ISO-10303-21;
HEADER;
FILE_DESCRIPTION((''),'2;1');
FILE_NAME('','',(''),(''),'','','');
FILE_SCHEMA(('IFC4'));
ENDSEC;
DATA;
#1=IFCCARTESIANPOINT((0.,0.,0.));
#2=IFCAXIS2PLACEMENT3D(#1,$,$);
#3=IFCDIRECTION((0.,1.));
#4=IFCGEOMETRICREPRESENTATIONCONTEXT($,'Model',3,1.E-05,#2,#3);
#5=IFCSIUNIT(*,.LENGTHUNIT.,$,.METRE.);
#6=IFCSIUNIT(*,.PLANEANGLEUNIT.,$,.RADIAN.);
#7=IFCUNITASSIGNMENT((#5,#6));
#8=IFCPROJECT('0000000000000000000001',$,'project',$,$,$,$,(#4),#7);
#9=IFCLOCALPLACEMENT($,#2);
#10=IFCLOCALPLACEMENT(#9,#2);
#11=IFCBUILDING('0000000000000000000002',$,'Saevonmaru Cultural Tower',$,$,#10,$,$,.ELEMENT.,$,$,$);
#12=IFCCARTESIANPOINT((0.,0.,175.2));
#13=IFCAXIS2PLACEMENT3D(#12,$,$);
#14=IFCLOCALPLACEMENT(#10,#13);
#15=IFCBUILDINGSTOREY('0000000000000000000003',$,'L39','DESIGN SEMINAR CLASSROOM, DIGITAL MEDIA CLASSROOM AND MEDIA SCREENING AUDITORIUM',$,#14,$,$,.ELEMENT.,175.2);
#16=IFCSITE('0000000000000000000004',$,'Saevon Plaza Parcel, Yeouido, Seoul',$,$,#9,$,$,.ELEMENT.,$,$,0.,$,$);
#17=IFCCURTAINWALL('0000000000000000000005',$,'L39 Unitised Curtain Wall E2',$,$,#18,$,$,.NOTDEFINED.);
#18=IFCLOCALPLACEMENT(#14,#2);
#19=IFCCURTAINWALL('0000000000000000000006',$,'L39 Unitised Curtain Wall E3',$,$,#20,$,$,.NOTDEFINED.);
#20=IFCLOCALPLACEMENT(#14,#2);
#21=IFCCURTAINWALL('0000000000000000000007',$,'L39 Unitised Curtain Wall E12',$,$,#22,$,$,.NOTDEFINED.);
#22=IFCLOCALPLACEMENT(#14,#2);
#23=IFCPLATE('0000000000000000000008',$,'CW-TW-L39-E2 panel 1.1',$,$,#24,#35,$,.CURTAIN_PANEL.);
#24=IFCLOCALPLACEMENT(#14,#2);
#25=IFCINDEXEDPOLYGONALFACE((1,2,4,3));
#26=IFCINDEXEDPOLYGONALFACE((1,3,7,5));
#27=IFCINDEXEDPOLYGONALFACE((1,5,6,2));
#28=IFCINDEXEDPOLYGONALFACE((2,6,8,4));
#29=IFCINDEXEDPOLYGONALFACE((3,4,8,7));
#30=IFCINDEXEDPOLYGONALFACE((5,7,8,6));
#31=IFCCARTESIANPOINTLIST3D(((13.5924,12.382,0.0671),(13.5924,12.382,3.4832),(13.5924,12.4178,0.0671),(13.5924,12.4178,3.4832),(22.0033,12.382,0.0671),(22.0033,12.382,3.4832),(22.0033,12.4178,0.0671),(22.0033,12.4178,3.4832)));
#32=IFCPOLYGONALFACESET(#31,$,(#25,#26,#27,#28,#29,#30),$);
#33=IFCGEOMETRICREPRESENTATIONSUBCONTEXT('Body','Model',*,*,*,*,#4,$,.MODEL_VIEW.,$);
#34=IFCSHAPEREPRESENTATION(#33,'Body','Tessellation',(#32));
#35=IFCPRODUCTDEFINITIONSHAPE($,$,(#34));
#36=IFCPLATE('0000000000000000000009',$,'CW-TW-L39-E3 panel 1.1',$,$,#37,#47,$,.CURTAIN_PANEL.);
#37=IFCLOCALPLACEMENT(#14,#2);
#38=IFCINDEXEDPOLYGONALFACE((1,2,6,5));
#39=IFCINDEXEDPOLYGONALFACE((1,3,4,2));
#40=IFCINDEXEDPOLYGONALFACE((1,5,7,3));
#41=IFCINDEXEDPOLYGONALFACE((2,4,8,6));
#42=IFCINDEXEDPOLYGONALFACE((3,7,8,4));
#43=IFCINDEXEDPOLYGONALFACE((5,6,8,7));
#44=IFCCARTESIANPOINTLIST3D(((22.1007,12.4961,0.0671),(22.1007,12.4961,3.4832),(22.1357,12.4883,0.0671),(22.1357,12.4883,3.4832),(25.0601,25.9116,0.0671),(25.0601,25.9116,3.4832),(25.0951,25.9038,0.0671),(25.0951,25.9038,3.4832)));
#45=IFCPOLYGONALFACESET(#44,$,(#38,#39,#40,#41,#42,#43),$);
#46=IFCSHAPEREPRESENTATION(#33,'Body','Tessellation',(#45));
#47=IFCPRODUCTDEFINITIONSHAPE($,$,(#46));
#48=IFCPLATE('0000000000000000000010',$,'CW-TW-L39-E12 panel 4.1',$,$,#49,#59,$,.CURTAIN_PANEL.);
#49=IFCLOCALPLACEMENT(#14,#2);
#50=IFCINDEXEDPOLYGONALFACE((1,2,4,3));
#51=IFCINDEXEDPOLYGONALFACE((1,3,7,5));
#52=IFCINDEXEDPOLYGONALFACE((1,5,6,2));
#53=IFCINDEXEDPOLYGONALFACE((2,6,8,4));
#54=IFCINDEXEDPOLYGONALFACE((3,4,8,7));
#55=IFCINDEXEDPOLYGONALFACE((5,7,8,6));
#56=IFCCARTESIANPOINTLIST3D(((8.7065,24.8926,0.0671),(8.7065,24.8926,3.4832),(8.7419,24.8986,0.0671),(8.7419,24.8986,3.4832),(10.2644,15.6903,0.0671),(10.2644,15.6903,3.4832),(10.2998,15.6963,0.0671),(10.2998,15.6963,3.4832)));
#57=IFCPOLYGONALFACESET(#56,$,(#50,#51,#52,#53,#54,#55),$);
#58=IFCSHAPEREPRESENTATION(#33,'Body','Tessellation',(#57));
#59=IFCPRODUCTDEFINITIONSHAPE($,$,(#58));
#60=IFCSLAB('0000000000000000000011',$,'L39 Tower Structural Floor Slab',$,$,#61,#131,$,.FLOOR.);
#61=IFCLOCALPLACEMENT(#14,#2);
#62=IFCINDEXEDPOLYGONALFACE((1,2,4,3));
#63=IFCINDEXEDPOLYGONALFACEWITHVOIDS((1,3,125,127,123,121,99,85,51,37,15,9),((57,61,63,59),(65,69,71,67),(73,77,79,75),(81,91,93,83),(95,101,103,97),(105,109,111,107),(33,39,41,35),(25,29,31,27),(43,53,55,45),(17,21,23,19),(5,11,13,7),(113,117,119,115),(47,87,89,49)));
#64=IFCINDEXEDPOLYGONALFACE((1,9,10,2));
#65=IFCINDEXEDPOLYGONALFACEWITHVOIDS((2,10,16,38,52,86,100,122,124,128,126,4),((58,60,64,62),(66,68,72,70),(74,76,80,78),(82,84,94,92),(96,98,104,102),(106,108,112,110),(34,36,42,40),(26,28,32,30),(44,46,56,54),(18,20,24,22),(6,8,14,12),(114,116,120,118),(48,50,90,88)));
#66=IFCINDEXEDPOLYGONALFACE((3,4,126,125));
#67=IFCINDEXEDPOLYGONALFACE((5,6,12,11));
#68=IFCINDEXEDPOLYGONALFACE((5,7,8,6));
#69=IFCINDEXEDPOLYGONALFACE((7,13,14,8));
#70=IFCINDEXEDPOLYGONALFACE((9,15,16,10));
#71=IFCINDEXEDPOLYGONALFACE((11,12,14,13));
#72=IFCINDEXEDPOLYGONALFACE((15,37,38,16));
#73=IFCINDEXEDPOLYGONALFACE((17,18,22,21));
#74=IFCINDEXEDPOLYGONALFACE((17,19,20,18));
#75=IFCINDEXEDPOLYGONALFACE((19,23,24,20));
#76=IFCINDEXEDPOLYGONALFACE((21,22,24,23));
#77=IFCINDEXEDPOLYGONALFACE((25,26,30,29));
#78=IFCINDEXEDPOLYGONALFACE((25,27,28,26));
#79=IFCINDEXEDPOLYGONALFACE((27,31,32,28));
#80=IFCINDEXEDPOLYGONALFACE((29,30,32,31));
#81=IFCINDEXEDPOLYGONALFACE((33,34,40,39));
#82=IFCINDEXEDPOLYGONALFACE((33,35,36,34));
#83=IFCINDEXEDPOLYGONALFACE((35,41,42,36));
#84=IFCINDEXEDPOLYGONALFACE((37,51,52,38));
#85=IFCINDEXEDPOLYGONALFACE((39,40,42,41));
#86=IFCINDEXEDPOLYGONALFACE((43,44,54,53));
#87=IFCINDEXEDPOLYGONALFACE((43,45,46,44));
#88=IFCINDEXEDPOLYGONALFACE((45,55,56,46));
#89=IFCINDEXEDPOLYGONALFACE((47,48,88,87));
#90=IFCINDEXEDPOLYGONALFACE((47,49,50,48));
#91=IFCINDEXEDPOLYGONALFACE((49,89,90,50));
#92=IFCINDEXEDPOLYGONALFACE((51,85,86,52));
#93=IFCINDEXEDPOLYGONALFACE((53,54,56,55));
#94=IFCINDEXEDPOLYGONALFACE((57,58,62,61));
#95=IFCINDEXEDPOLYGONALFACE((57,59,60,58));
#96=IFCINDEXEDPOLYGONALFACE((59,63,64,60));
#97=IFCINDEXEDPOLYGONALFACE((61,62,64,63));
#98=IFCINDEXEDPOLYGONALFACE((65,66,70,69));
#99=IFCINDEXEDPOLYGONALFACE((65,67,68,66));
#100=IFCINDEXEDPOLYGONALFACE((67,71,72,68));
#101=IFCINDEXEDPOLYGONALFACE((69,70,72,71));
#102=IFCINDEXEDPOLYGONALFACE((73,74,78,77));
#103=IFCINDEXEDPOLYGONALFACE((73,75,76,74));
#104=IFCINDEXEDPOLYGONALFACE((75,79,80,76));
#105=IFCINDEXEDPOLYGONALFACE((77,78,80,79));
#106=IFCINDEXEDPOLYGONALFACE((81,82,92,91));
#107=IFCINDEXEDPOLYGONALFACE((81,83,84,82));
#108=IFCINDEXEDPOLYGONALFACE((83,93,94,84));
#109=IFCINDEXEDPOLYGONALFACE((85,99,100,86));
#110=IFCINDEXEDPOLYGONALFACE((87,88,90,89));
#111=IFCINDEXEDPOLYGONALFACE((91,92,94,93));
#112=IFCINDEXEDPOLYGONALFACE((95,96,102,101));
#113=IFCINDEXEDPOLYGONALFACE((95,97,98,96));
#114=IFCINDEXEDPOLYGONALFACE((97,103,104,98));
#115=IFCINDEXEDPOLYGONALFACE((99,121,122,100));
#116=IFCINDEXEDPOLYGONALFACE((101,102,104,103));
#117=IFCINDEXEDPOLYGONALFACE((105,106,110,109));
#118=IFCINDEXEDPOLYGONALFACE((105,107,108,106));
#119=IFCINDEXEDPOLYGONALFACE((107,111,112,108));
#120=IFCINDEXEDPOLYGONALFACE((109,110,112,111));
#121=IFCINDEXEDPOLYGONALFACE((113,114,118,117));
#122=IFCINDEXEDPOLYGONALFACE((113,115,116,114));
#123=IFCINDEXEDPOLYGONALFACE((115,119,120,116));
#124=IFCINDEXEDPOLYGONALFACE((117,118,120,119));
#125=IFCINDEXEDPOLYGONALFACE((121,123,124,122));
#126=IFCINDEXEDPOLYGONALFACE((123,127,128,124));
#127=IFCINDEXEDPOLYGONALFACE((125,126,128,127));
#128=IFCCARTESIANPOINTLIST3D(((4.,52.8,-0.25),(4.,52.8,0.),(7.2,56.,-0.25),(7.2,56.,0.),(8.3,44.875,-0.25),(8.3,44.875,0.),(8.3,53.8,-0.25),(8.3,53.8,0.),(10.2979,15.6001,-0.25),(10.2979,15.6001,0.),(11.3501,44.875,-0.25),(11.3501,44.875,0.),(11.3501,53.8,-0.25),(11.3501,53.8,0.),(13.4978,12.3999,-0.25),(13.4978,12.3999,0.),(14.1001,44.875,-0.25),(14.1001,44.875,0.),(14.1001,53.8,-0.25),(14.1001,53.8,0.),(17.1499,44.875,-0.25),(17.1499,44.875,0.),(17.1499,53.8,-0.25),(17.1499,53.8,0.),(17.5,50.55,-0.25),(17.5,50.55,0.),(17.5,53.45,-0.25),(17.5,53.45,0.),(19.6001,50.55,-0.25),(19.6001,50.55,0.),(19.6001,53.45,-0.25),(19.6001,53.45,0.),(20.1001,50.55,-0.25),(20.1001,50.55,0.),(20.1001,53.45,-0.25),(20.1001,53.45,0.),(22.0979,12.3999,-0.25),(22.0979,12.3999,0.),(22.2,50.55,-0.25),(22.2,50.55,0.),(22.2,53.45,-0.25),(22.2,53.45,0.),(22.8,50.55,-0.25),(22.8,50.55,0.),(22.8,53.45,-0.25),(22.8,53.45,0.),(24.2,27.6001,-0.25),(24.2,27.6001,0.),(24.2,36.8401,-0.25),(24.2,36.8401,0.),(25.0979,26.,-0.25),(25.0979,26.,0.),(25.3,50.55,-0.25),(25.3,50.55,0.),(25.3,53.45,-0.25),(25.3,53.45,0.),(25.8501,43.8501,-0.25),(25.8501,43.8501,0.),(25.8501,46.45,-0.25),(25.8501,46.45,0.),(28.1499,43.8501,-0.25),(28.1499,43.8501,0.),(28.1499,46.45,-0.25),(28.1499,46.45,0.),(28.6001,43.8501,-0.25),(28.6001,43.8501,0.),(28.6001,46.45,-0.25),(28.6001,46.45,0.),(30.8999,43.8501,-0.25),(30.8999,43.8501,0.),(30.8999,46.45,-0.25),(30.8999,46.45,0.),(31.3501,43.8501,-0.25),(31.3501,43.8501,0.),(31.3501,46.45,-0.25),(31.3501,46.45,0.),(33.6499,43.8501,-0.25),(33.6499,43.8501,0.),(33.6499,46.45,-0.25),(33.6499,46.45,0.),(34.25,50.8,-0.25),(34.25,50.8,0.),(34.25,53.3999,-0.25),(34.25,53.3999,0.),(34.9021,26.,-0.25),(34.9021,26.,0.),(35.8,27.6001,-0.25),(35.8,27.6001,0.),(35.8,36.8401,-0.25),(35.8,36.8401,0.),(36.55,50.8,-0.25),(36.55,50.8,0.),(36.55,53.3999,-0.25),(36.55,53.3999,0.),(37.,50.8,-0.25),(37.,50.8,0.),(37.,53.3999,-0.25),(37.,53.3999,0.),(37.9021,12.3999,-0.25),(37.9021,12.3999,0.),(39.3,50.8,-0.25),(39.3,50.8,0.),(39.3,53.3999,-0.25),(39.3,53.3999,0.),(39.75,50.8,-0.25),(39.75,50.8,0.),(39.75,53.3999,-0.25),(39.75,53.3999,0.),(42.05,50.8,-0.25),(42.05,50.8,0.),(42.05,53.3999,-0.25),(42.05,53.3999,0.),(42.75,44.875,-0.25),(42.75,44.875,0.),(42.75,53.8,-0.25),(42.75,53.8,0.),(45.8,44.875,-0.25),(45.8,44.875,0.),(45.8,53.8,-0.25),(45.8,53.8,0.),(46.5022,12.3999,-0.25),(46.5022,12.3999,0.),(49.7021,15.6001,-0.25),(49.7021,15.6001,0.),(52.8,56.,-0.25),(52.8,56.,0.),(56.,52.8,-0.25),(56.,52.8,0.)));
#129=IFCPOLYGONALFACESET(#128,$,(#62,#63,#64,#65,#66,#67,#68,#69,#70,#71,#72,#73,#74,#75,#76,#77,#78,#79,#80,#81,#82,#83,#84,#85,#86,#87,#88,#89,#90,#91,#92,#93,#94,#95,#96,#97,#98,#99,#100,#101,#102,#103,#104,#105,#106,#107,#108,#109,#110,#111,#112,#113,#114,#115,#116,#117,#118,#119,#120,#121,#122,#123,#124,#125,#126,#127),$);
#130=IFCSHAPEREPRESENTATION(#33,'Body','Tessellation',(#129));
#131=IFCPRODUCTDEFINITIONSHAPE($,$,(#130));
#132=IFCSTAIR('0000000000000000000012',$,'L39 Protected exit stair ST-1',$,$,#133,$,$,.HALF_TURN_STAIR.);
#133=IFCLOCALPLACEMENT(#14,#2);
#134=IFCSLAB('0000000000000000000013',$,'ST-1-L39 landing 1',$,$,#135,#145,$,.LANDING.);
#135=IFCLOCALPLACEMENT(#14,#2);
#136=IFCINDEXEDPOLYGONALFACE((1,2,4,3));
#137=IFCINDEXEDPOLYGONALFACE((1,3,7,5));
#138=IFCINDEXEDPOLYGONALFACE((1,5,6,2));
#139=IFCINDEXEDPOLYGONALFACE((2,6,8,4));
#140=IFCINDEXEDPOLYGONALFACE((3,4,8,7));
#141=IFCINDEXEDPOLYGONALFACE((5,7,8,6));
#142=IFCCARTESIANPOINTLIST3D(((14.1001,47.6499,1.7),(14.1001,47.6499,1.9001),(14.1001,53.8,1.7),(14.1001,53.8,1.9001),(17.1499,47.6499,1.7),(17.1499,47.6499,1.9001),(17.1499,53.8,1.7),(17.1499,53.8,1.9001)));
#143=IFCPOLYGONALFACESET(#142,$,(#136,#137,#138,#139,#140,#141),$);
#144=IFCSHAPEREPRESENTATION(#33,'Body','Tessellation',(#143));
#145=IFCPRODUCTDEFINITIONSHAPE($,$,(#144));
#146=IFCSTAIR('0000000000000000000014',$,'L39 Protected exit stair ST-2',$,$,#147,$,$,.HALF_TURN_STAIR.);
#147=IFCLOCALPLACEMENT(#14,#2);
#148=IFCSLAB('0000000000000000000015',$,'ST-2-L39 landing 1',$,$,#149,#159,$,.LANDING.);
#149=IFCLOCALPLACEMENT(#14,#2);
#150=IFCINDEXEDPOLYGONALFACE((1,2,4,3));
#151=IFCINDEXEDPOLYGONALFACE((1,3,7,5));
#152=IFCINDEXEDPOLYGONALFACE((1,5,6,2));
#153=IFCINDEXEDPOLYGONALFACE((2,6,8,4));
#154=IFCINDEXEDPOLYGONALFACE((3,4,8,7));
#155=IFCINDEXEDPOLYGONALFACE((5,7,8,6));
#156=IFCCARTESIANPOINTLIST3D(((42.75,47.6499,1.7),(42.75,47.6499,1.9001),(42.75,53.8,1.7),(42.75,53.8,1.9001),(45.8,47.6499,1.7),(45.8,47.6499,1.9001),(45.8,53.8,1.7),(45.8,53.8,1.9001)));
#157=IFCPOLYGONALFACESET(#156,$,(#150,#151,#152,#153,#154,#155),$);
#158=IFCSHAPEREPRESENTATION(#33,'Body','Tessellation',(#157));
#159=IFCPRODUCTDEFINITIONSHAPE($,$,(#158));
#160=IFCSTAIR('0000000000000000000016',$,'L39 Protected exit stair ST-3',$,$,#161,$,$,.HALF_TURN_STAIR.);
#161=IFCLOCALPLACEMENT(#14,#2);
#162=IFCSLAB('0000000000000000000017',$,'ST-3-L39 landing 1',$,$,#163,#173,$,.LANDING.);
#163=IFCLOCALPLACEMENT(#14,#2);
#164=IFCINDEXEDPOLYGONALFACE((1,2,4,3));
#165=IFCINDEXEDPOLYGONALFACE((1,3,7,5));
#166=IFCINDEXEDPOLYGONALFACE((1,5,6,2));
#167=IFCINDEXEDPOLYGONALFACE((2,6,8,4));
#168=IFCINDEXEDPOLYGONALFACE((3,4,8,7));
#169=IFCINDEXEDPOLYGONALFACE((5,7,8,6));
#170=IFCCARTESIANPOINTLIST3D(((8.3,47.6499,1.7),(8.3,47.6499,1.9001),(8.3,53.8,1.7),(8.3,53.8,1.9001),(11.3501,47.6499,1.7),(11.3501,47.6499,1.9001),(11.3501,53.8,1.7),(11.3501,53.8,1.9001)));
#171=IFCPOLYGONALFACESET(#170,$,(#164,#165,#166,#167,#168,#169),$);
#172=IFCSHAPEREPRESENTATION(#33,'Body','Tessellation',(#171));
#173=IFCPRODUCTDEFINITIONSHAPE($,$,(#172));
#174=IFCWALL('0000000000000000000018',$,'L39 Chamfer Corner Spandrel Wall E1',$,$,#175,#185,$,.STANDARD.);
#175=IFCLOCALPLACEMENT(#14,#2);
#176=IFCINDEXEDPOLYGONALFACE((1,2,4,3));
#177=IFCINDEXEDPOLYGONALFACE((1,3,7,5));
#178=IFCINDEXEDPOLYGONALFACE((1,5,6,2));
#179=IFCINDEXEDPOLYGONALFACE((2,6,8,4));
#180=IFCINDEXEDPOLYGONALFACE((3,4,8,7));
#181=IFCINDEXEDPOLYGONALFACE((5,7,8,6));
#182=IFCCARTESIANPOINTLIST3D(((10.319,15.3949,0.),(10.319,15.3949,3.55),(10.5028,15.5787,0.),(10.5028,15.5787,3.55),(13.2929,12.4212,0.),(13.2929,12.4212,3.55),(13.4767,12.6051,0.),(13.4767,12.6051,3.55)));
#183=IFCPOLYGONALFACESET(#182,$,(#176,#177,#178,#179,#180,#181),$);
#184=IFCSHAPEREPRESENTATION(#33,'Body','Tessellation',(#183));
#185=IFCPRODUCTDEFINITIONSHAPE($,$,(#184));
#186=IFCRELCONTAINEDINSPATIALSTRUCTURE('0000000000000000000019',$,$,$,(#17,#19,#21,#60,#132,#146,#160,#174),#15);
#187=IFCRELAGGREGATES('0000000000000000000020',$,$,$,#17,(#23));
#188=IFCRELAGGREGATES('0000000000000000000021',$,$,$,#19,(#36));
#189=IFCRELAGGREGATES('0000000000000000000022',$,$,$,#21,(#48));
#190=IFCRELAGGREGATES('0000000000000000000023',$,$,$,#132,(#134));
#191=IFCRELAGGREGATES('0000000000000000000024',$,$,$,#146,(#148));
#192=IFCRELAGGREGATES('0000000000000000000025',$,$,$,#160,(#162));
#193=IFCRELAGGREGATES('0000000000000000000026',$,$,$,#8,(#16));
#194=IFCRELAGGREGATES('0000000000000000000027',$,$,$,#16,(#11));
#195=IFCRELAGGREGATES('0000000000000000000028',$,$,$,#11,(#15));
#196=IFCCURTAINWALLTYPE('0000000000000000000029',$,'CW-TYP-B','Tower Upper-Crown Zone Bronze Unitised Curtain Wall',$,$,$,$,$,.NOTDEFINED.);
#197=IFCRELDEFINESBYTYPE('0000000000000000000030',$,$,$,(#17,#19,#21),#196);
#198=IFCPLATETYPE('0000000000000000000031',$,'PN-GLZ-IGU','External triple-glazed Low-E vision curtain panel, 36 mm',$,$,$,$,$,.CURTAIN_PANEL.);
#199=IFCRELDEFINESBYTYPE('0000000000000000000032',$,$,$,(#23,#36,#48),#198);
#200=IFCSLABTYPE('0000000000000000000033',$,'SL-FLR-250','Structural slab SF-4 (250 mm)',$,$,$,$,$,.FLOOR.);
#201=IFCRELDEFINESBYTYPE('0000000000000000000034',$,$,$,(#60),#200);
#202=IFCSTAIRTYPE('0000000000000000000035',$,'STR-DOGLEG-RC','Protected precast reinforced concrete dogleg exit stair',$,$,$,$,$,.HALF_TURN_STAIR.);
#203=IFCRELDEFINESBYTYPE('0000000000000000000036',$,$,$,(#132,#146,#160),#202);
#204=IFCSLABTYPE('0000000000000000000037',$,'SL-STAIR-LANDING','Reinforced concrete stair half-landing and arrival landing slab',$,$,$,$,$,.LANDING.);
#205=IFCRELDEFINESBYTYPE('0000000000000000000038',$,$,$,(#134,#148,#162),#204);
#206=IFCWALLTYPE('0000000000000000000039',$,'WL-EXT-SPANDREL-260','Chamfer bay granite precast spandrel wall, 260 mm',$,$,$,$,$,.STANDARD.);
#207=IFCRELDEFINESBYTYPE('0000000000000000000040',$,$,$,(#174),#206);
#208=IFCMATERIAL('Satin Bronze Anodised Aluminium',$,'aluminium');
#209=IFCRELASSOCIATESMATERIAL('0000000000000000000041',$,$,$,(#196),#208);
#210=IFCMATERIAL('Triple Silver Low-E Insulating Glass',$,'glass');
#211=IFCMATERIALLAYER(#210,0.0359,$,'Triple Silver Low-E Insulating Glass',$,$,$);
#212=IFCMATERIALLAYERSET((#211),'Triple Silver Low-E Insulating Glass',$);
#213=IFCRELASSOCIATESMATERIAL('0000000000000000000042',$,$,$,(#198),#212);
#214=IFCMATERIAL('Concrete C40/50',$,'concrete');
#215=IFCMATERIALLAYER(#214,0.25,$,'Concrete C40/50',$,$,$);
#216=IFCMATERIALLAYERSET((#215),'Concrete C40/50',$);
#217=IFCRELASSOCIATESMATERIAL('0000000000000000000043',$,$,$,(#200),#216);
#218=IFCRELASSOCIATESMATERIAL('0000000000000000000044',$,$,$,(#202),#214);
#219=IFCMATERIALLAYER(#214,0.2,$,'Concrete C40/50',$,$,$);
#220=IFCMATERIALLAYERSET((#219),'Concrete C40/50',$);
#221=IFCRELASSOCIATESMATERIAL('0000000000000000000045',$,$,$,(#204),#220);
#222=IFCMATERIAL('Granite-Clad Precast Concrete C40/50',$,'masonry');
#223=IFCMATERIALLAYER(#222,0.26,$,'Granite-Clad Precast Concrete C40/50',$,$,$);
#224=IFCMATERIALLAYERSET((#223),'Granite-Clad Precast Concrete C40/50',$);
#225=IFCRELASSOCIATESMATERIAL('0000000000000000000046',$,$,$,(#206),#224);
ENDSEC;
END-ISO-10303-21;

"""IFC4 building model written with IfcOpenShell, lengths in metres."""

from ifc_helpers import new_model, si_unit, direction, frame, frame_2d, origin, origin_2d, place, context, subcontext, project, spatial, polyline, rectangle, outline, extrude, material, layer, layer_set, type_object, element, aggregate, save


model = new_model("IFC4")

# Units and contexts
model_context = context("Model", 3, precision=1e-05, world=origin(), true_north=direction((0.0, 1.0)))
body_context = subcontext(model_context, "Body", "Model", "MODEL_VIEW")
ifc_project = project(units=[si_unit("LENGTHUNIT", "METRE"), si_unit("PLANEANGLEUNIT", "RADIAN")], contexts=[model_context])

# Site, building, storey
site_placement = place(None, origin())
site = spatial("IfcSite", under=ifc_project, at=site_placement, Name="Saevon Plaza Parcel, Yeouido, Seoul", CompositionType="ELEMENT", RefElevation=0.0)
building_placement = place(site_placement, origin())
building = spatial("IfcBuilding", under=site, at=building_placement, Name="Saevonmaru Cultural Tower", CompositionType="ELEMENT")
storey_placement = place(building_placement, frame((0.0, 0.0, 175.2)))
storey = spatial("IfcBuildingStorey", under=building, at=storey_placement, Name="L39", Description="DESIGN SEMINAR CLASSROOM, DIGITAL MEDIA CLASSROOM AND MEDIA SCREENING AUDITORIUM", CompositionType="ELEMENT", Elevation=175.2)

# Curtain wall
ifc_material_1 = material(Name="Satin Bronze Anodised Aluminium", Category="aluminium")
curtain_wall_type = type_object("IfcCurtainWallType", Name="CW-TYP-B", Description="Tower Upper-Crown Zone Bronze Unitised Curtain Wall", PredefinedType="NOTDEFINED", material=ifc_material_1)
curtain_wall_1_placement = place(storey_placement, origin())
curtain_wall_1 = element("IfcCurtainWall", 1, at=curtain_wall_1_placement, inside=storey, type_object=curtain_wall_type, Name="L39 Unitised Curtain Wall E2", PredefinedType="NOTDEFINED")

# Curtain walls
curtain_wall_2_placement = place(storey_placement, origin())
curtain_wall_2 = element("IfcCurtainWall", 2, at=curtain_wall_2_placement, inside=storey, type_object=curtain_wall_type, Name="L39 Unitised Curtain Wall E3", PredefinedType="NOTDEFINED")
curtain_wall_3_placement = place(storey_placement, origin())
curtain_wall_3 = element("IfcCurtainWall", 3, at=curtain_wall_3_placement, inside=storey, type_object=curtain_wall_type, Name="L39 Unitised Curtain Wall E12", PredefinedType="NOTDEFINED")

# Plates
ifc_material_2 = material(Name="Triple Silver Low-E Insulating Glass", Category="glass")
ifc_layer_1 = layer(ifc_material_2, 0.0359, Name="Triple Silver Low-E Insulating Glass")
ifc_layer_set_1 = layer_set([ifc_layer_1], Name="Triple Silver Low-E Insulating Glass")
plate_type = type_object("IfcPlateType", Name="PN-GLZ-IGU", Description="External triple-glazed Low-E vision curtain panel, 36 mm", PredefinedType="CURTAIN_PANEL", material=ifc_layer_set_1)
plate_1_placement = place(storey_placement, frame((17.7979, 12.3999, 0.0671), z_axis=(0.0, 0.0, 1.0), x_axis=(1.0, 0.0, 0.0)))
plate_1 = element("IfcPlate", 4, at=plate_1_placement, type_object=plate_type, Name="CW-TW-L39-E2 panel 1.1", PredefinedType="CURTAIN_PANEL", context=body_context, shape_type="SweptSolid", body=[
    extrude(rectangle(XDim=8.4109, YDim=0.0359, at=origin_2d()), origin(), (0.0, 0.0, 1.0), 3.416),
])
aggregate(curtain_wall_1, [plate_1])
plate_2_placement = place(storey_placement, frame((23.5979, 19.2, 0.0671), z_axis=(0.0, 0.0, 1.0), x_axis=(0.215413, 0.976523, 0.0)))
plate_2 = element("IfcPlate", 5, at=plate_2_placement, type_object=plate_type, Name="CW-TW-L39-E3 panel 1.1", PredefinedType="CURTAIN_PANEL", context=body_context, shape_type="SweptSolid", body=[
    extrude(rectangle(XDim=13.738, YDim=0.0359, at=origin_2d()), origin(), (0.0, 0.0, 1.0), 3.416),
])
aggregate(curtain_wall_2, [plate_2])
plate_3_placement = place(storey_placement, frame((9.5032, 20.2944, 0.0671), z_axis=(0.0, 0.0, 1.0), x_axis=(0.166922, -0.98597, 0.0)))
plate_3 = element("IfcPlate", 6, at=plate_3_placement, type_object=plate_type, Name="CW-TW-L39-E12 panel 4.1", PredefinedType="CURTAIN_PANEL", context=body_context, shape_type="SweptSolid", body=[
    extrude(rectangle(XDim=9.3333, YDim=0.0359, at=origin_2d()), origin(), (0.0, 0.0, 1.0), 3.416),
])
aggregate(curtain_wall_3, [plate_3])

# Slab
ifc_material_3 = material(Name="Concrete C40/50", Category="concrete")
ifc_layer_2 = layer(ifc_material_3, 0.25, Name="Concrete C40/50")
ifc_layer_set_2 = layer_set([ifc_layer_2], Name="Concrete C40/50")
slab_type_1 = type_object("IfcSlabType", Name="SL-FLR-250", Description="Structural slab SF-4 (250 mm)", PredefinedType="FLOOR", material=ifc_layer_set_2)
slab_1_placement = place(storey_placement, frame((0.0, 0.0, -0.25)))
element("IfcSlab", 7, at=slab_1_placement, inside=storey, type_object=slab_type_1, Name="L39 Tower Structural Floor Slab", PredefinedType="FLOOR", context=body_context, shape_type="SweptSolid", body=[
    extrude(outline(polyline([(10.2979, 15.6001), (13.4978, 12.3999), (22.0979, 12.3999), (25.0979, 26.0), (34.9021, 26.0), (37.9021, 12.3999), (46.5022, 12.3999), (49.7021, 15.6001), (56.0, 52.8), (52.8, 56.0), (7.2, 56.0), (4.0, 52.8), (10.2979, 15.6001)]), holes=[polyline([(45.8, 44.875), (42.75, 44.875), (42.75, 53.8), (45.8, 53.8), (45.8, 44.875)]), polyline([(39.75, 50.8), (39.75, 53.3999), (42.05, 53.3999), (42.05, 50.8), (39.75, 50.8)]), polyline([(37.0, 50.8), (37.0, 53.3999), (39.3, 53.3999), (39.3, 50.8), (37.0, 50.8)]), polyline([(34.25, 50.8), (34.25, 53.3999), (36.55, 53.3999), (36.55, 50.8), (34.25, 50.8)]), polyline([(24.2, 27.6001), (24.2, 36.8401), (35.8, 36.8401), (35.8, 27.6001), (24.2, 27.6001)]), polyline([(31.3501, 43.8501), (31.3501, 46.45), (33.6499, 46.45), (33.6499, 43.8501), (31.3501, 43.8501)]), polyline([(28.6001, 43.8501), (28.6001, 46.45), (30.8999, 46.45), (30.8999, 43.8501), (28.6001, 43.8501)]), polyline([(28.1499, 43.8501), (25.8501, 43.8501), (25.8501, 46.45), (28.1499, 46.45), (28.1499, 43.8501)]), polyline([(25.3, 50.55), (22.8, 50.55), (22.8, 53.45), (25.3, 53.45), (25.3, 50.55)]), polyline([(20.1001, 50.55), (20.1001, 53.45), (22.2, 53.45), (22.2, 50.55), (20.1001, 50.55)]), polyline([(17.5, 50.55), (17.5, 53.45), (19.6001, 53.45), (19.6001, 50.55), (17.5, 50.55)]), polyline([(17.1499, 53.8), (17.1499, 44.875), (14.1001, 44.875), (14.1001, 53.8), (17.1499, 53.8)]), polyline([(11.3501, 44.875), (8.3, 44.875), (8.3, 53.8), (11.3501, 53.8), (11.3501, 44.875)])]), origin(), (0.0, 0.0, 1.0), 0.25),
])

# Stairs, slabs
stair_type = type_object("IfcStairType", Name="STR-DOGLEG-RC", Description="Protected precast reinforced concrete dogleg exit stair", PredefinedType="HALF_TURN_STAIR", material=ifc_material_3)
stair_1_placement = place(storey_placement, origin())
stair_1 = element("IfcStair", 8, at=stair_1_placement, inside=storey, type_object=stair_type, Name="L39 Protected exit stair ST-1", PredefinedType="HALF_TURN_STAIR")
ifc_layer_3 = layer(ifc_material_3, 0.2, Name="Concrete C40/50")
ifc_layer_set_3 = layer_set([ifc_layer_3], Name="Concrete C40/50")
slab_type_2 = type_object("IfcSlabType", Name="SL-STAIR-LANDING", Description="Reinforced concrete stair half-landing and arrival landing slab", PredefinedType="LANDING", material=ifc_layer_set_3)
slab_2_placement = place(storey_placement, frame((0.0, 0.0, 1.7)))
slab_2 = element("IfcSlab", 9, at=slab_2_placement, type_object=slab_type_2, Name="ST-1-L39 landing 1", PredefinedType="LANDING", context=body_context, shape_type="SweptSolid", body=[
    extrude(outline(polyline([(17.1499, 47.6499), (17.1499, 53.8), (14.1001, 53.8), (14.1001, 47.6499), (17.1499, 47.6499)])), origin(), (0.0, 0.0, 1.0), 0.2002),
])
aggregate(stair_1, [slab_2])
stair_2_placement = place(storey_placement, origin())
stair_2 = element("IfcStair", 10, at=stair_2_placement, inside=storey, type_object=stair_type, Name="L39 Protected exit stair ST-2", PredefinedType="HALF_TURN_STAIR")
slab_3_placement = place(storey_placement, frame((0.0, 0.0, 1.7)))
slab_3 = element("IfcSlab", 11, at=slab_3_placement, type_object=slab_type_2, Name="ST-2-L39 landing 1", PredefinedType="LANDING", context=body_context, shape_type="SweptSolid", body=[
    extrude(outline(polyline([(45.8, 47.6499), (45.8, 53.8), (42.75, 53.8), (42.75, 47.6499), (45.8, 47.6499)])), origin(), (0.0, 0.0, 1.0), 0.2002),
])
aggregate(stair_2, [slab_3])
stair_3_placement = place(storey_placement, origin())
stair_3 = element("IfcStair", 12, at=stair_3_placement, inside=storey, type_object=stair_type, Name="L39 Protected exit stair ST-3", PredefinedType="HALF_TURN_STAIR")
slab_4_placement = place(storey_placement, frame((0.0, 0.0, 1.7)))
slab_4 = element("IfcSlab", 13, at=slab_4_placement, type_object=slab_type_2, Name="ST-3-L39 landing 1", PredefinedType="LANDING", context=body_context, shape_type="SweptSolid", body=[
    extrude(outline(polyline([(11.3501, 47.6499), (11.3501, 53.8), (8.3, 53.8), (8.3, 47.6499), (11.3501, 47.6499)])), origin(), (0.0, 0.0, 1.0), 0.2002),
])
aggregate(stair_3, [slab_4])

# Wall
ifc_material_4 = material(Name="Granite-Clad Precast Concrete C40/50", Category="masonry")
ifc_layer_4 = layer(ifc_material_4, 0.26, Name="Granite-Clad Precast Concrete C40/50")
ifc_layer_set_4 = layer_set([ifc_layer_4], Name="Granite-Clad Precast Concrete C40/50")
wall_type_1 = type_object("IfcWallType", Name="WL-EXT-SPANDREL-260", Description="Chamfer bay granite precast spandrel wall, 260 mm", PredefinedType="STANDARD", material=ifc_layer_set_4)
wall_1_placement = place(storey_placement, frame((10.4109, 15.4868, 0.0), z_axis=(0.0, 0.0, 1.0), x_axis=(0.707136, -0.707078, 0.0)))
element("IfcWall", 14, at=wall_1_placement, inside=storey, type_object=wall_type_1, Name="L39 Chamfer Corner Spandrel Wall E1", PredefinedType="STANDARD", context=body_context, shape_type="SweptSolid", body=[
    extrude(rectangle(XDim=4.2056, YDim=0.26, at=frame_2d((2.1028, 0.0))), origin(), (0.0, 0.0, 1.0), 3.55),
])

save(model, "model.ifc")
